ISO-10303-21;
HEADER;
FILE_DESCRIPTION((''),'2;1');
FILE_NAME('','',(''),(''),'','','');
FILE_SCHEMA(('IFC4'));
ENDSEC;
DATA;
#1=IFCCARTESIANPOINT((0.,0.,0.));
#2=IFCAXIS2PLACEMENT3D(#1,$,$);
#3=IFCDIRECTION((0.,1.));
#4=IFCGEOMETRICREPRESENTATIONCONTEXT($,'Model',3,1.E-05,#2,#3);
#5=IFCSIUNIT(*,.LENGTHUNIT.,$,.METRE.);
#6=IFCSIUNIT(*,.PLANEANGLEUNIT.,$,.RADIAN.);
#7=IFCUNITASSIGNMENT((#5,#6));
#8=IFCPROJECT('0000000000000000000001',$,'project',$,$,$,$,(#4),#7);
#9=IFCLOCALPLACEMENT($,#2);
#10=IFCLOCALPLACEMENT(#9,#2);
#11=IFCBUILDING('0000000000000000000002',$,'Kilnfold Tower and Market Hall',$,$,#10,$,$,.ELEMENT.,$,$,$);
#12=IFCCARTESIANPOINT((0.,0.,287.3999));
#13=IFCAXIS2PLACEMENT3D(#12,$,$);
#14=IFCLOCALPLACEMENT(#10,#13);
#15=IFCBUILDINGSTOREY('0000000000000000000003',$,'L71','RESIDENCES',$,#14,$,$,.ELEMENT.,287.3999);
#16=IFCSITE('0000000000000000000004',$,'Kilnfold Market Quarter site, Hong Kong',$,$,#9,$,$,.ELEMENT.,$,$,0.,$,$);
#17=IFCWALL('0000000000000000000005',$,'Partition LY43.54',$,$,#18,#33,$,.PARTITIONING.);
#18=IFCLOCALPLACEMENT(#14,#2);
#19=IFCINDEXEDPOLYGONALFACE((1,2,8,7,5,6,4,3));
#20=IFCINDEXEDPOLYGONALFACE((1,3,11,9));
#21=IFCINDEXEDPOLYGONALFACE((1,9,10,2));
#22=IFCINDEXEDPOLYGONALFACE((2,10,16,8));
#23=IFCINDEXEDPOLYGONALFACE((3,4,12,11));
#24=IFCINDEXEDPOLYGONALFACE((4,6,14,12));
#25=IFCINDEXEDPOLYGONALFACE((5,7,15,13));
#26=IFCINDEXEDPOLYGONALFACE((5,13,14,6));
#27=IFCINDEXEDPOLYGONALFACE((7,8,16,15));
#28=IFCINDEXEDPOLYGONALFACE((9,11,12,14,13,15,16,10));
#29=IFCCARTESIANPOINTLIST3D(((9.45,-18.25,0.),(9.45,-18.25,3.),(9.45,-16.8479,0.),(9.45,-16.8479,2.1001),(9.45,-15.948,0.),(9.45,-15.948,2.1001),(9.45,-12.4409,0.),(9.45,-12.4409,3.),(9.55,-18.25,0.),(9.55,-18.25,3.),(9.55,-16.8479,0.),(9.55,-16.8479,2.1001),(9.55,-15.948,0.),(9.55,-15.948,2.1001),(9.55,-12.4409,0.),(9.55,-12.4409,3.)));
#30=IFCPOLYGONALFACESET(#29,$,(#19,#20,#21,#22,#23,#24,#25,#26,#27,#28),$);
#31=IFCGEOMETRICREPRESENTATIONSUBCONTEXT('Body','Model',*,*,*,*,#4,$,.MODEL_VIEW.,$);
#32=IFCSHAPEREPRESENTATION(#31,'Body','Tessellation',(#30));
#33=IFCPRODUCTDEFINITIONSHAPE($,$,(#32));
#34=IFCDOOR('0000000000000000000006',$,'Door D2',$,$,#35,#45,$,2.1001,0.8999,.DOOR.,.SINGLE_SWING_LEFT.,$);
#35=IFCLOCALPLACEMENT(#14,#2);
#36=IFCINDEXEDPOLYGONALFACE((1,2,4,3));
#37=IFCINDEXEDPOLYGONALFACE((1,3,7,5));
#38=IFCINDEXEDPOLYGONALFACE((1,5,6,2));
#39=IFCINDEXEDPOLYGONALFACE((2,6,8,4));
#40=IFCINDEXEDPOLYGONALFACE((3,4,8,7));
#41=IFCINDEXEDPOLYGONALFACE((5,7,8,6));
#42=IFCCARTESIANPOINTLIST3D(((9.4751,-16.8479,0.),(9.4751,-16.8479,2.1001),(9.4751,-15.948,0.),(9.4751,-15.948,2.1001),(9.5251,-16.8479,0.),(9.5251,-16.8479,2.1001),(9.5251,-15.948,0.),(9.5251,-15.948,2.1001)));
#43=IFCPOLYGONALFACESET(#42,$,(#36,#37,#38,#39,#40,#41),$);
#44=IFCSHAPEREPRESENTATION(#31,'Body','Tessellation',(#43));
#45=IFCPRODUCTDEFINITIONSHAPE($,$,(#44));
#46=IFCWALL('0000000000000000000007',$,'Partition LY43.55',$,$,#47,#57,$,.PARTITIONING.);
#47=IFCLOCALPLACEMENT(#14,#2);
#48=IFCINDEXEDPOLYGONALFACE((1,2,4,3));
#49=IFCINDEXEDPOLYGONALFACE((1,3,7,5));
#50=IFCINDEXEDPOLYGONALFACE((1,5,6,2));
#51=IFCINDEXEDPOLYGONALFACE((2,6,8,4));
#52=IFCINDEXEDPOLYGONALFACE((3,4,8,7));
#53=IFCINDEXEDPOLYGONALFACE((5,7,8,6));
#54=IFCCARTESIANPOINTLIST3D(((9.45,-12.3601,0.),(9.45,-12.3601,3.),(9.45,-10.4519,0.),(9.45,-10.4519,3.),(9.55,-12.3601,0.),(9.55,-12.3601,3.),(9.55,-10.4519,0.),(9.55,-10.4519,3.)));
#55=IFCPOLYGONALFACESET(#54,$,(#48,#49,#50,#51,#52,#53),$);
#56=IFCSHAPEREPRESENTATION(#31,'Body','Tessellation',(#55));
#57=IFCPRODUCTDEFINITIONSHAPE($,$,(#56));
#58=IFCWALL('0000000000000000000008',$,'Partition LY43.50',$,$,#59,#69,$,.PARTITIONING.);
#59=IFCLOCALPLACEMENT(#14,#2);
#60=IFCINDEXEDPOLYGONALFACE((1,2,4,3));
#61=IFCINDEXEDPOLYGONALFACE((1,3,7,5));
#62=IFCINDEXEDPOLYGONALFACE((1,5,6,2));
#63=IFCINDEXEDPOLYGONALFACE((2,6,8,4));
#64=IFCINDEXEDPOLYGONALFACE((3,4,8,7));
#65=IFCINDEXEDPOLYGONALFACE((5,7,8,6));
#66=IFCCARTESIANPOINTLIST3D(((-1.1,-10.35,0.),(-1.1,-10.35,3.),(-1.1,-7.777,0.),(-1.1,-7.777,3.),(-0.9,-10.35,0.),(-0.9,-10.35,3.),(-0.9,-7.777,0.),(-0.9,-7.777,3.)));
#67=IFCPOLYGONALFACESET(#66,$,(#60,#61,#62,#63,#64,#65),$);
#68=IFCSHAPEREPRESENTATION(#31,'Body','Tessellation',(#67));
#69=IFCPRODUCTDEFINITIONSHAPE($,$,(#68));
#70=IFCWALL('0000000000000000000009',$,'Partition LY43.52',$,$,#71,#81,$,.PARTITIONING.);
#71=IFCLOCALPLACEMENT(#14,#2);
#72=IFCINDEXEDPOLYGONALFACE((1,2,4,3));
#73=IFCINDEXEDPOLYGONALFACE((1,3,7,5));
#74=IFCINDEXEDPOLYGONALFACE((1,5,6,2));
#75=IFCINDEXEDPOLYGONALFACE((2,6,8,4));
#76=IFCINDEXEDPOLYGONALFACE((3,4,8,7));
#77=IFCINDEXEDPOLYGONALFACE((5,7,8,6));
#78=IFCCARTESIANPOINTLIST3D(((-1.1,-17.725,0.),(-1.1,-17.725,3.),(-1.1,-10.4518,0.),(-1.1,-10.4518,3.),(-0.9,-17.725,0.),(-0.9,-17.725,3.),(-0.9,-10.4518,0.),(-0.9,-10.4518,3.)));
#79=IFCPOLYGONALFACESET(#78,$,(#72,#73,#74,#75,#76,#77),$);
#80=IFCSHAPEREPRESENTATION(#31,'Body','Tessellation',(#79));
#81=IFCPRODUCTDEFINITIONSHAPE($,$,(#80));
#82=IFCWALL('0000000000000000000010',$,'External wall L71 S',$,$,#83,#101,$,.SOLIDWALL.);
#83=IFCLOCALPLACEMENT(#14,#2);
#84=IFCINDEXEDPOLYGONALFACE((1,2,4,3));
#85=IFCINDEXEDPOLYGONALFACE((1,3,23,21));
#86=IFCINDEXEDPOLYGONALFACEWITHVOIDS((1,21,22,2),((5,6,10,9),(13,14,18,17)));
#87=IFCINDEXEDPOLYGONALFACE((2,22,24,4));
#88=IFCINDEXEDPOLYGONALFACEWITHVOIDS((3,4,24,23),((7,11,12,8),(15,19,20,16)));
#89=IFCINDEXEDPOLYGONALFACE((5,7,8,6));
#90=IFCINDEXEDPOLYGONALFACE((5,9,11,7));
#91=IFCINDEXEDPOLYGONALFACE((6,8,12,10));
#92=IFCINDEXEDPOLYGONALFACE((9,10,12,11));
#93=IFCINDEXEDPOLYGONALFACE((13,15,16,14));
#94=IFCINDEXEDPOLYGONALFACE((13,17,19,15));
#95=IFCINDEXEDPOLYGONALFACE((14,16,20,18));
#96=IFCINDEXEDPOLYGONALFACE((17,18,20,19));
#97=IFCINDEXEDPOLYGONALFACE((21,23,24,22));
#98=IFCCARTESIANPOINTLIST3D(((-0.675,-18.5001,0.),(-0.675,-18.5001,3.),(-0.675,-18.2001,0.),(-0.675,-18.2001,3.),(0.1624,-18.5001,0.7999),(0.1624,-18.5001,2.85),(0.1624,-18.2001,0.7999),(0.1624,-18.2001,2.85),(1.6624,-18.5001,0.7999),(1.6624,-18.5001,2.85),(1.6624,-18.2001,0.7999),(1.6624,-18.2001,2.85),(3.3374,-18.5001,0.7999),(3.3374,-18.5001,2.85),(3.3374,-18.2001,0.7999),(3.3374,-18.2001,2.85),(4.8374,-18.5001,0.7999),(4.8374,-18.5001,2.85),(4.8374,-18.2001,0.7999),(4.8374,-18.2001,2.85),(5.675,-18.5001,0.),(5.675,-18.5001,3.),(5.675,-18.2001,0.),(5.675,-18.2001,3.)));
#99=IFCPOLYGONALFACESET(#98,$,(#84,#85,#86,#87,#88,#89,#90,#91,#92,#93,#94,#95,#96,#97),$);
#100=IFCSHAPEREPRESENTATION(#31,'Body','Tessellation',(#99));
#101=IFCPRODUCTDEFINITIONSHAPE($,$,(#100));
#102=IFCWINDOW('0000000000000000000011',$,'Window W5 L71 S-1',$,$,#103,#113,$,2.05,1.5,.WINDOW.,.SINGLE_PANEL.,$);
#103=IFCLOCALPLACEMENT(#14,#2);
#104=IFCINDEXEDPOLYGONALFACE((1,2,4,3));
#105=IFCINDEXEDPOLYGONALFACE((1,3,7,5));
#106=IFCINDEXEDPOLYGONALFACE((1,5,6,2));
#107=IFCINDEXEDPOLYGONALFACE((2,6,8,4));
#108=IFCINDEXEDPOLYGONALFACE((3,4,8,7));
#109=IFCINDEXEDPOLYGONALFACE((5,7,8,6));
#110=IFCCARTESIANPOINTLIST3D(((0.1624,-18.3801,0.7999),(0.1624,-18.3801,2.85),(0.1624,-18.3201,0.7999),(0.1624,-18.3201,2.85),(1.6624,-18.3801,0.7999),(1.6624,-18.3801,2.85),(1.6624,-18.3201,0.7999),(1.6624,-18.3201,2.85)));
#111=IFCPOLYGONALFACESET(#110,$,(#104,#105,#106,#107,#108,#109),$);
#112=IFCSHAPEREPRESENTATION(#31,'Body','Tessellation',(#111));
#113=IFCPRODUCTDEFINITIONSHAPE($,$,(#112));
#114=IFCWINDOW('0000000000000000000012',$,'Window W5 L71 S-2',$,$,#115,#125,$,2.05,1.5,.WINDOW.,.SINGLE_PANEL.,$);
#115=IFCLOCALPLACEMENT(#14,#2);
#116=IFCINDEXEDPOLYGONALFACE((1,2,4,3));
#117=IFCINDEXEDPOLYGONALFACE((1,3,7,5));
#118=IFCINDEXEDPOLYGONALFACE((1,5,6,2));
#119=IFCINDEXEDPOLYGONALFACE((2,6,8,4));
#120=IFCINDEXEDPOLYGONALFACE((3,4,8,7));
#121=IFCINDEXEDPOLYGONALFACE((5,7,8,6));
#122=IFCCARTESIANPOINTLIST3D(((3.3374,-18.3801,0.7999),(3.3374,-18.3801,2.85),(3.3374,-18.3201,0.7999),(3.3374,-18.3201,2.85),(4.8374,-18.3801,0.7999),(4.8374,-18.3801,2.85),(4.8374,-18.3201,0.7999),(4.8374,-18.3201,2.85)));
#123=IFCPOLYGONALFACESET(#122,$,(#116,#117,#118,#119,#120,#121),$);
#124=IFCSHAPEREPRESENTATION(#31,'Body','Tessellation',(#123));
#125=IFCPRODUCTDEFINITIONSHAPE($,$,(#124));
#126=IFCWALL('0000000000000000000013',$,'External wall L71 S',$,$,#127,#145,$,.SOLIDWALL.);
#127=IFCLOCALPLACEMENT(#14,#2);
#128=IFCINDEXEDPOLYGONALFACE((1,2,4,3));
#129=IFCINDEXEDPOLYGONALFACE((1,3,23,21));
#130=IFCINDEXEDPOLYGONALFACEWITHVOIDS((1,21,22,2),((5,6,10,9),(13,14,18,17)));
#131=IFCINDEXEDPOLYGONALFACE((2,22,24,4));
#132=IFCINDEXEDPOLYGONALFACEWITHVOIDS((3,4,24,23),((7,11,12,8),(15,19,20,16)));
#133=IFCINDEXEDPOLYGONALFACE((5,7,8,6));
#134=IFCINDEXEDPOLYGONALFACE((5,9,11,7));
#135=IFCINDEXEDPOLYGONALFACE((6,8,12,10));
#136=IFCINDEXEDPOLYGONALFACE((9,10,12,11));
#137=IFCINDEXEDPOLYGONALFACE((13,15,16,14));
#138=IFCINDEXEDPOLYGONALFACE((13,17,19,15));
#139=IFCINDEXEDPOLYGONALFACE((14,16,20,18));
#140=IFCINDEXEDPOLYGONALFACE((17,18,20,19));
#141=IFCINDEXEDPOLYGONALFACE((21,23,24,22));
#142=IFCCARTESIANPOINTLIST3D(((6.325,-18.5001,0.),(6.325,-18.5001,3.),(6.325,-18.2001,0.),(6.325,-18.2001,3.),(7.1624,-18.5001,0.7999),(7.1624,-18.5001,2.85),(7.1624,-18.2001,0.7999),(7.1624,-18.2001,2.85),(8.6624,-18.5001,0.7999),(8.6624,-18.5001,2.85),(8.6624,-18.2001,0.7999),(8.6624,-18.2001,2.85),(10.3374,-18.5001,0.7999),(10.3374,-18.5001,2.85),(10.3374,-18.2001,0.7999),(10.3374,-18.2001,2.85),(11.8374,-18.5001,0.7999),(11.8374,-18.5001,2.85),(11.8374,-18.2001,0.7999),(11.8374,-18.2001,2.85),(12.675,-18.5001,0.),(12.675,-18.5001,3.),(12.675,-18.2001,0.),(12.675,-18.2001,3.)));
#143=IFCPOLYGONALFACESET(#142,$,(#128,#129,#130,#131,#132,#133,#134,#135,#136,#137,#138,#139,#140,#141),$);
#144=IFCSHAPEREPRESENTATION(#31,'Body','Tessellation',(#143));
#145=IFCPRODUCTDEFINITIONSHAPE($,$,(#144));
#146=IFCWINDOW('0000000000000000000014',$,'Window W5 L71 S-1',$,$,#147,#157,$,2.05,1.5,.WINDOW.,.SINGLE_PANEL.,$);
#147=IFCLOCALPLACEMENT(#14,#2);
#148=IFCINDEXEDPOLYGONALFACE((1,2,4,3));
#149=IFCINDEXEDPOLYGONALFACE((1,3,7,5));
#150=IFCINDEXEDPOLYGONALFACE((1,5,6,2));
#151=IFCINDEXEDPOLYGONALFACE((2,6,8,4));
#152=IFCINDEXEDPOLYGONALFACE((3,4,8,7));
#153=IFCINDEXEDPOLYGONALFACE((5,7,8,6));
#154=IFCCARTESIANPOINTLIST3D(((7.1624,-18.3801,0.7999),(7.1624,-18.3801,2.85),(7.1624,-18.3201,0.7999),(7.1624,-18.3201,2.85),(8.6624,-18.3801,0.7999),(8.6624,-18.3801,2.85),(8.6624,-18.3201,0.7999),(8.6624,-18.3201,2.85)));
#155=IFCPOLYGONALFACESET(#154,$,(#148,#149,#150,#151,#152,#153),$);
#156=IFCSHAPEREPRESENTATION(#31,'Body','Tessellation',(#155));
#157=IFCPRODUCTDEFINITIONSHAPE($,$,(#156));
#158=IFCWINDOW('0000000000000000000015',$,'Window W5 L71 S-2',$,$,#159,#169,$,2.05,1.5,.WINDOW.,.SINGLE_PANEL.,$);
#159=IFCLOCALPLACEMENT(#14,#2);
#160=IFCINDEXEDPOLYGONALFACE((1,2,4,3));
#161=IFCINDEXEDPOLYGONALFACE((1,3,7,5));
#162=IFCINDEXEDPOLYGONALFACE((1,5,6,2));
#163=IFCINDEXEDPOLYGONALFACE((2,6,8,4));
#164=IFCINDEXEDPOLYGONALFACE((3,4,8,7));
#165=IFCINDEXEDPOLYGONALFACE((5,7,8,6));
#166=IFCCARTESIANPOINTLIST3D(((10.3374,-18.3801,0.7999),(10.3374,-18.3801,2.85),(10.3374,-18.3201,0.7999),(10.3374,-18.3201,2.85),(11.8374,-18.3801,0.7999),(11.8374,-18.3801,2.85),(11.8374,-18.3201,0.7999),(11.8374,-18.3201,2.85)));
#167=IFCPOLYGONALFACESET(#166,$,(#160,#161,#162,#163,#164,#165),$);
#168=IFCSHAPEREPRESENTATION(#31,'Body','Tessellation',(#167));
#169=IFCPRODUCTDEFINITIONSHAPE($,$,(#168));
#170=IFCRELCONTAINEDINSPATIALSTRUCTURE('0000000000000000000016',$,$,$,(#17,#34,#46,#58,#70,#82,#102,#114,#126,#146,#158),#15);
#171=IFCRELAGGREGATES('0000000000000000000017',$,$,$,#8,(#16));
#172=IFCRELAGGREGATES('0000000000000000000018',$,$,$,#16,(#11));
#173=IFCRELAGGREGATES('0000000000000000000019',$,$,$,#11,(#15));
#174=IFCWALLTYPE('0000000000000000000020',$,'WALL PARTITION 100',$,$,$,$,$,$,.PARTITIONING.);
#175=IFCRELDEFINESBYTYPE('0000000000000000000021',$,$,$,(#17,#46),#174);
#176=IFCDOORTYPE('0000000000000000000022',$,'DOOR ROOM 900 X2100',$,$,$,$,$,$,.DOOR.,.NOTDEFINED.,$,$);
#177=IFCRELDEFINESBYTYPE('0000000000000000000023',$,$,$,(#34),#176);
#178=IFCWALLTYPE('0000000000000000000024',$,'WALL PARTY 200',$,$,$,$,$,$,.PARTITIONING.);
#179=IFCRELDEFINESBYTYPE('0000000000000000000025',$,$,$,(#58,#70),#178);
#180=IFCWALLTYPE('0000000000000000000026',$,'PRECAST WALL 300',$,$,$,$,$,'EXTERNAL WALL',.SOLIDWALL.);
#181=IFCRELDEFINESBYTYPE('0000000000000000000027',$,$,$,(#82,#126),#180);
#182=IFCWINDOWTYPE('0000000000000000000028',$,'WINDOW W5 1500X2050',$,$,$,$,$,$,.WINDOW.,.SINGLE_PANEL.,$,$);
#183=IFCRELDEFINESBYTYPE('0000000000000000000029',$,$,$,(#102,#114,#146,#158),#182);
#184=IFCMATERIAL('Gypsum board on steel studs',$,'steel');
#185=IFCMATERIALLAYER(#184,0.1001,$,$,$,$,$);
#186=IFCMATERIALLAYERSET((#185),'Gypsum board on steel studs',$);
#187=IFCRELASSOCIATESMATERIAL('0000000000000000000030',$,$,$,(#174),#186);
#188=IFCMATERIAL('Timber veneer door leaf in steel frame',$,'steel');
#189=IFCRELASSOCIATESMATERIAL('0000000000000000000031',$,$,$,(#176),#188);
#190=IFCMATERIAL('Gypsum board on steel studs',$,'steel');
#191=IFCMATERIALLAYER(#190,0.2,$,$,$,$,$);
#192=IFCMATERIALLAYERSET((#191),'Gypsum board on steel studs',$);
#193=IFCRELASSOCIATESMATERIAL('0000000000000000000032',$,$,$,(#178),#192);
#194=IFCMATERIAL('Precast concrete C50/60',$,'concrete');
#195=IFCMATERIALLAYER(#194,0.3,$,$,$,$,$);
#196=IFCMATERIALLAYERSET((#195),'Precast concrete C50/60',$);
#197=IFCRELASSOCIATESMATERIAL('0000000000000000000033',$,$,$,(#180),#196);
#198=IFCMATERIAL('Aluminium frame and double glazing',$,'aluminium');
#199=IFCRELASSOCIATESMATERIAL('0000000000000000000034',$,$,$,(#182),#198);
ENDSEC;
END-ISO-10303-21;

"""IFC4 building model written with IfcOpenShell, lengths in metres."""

from ifc_helpers import new_model, si_unit, direction, frame, frame_2d, origin, place, context, subcontext, project, spatial, rectangle, extrude, source, transform, mapped, material, layer, layer_set, type_object, element, fill, save


model = new_model("IFC4")

# Units and contexts
model_context = context("Model", 3, precision=1e-05, world=origin(), true_north=direction((0.0, 1.0)))
body_context = subcontext(model_context, "Body", "Model", "MODEL_VIEW")
ifc_project = project(units=[si_unit("LENGTHUNIT", "METRE"), si_unit("PLANEANGLEUNIT", "RADIAN")], contexts=[model_context])

# Site, building, storey
site_placement = place(None, origin())
site = spatial("IfcSite", under=ifc_project, at=site_placement, Name="Kilnfold Market Quarter site, Hong Kong", CompositionType="ELEMENT", RefElevation=0.0)
building_placement = place(site_placement, origin())
building = spatial("IfcBuilding", under=site, at=building_placement, Name="Kilnfold Tower and Market Hall", CompositionType="ELEMENT")
storey_placement = place(building_placement, frame((0.0, 0.0, 287.3999)))
storey = spatial("IfcBuildingStorey", under=building, at=storey_placement, Name="L71", Description="RESIDENCES", CompositionType="ELEMENT", Elevation=287.3999)

# Shared definitions
ifc_material_1 = material(Name="Gypsum board on steel studs", Category="steel")
ifc_layer_1 = layer(ifc_material_1, 0.1001)
ifc_layer_set_1 = layer_set([ifc_layer_1], Name="Gypsum board on steel studs")
wall_type_1 = type_object("IfcWallType", Name="WALL PARTITION 100", PredefinedType="PARTITIONING", material=ifc_layer_set_1)

# Wall, opening, door
wall_1_placement = place(storey_placement, frame((9.5, -18.25, 0.0), z_axis=(0.0, 0.0, 1.0), x_axis=(0.0, 1.0, 0.0)))
wall_1 = element("IfcWall", 1, at=wall_1_placement, inside=storey, type_object=wall_type_1, Name="Partition LY43.54", PredefinedType="PARTITIONING", context=body_context, shape_type="SweptSolid", body=[
    extrude(rectangle(XDim=5.8091, YDim=0.1001, at=frame_2d((2.9045, 0.0))), origin(), (0.0, 0.0, 1.0), 3.0),
])
opening_1_placement = place(wall_1_placement, frame((1.4021, 0.0, 0.0)))
opening_1 = element("IfcOpeningElement", 2, at=opening_1_placement, cuts=wall_1, PredefinedType="OPENING", context=body_context, shape_type="SweptSolid", body=[
    extrude(rectangle(XDim=0.8999, YDim=2.1001, at=frame_2d((0.45, 1.05))), frame((0.0, 0.0601, 0.0), z_axis=(0.0, -1.0, 0.0), x_axis=(1.0, 0.0, 0.0)), (0.0, 0.0, 1.0), 0.1201),
])
ifc_material_2 = material(Name="Timber veneer door leaf in steel frame", Category="steel")
door_type_1 = type_object("IfcDoorType", Name="DOOR ROOM 900 X2100", OperationType="NOTDEFINED", PredefinedType="DOOR", material=ifc_material_2)
door_1_placement = place(opening_1_placement, origin())
door_1 = element("IfcDoor", 3, at=door_1_placement, inside=storey, type_object=door_type_1, Name="Door D2", OperationType="SINGLE_SWING_LEFT", OverallHeight=2.1001, OverallWidth=0.8999, PredefinedType="DOOR", context=body_context, shape_type="SweptSolid", body=[
    extrude(rectangle(XDim=0.8999, YDim=2.1001, at=frame_2d((0.45, 1.05))), frame((0.0, 0.0249, 0.0), z_axis=(0.0, -1.0, 0.0), x_axis=(1.0, 0.0, 0.0)), (0.0, 0.0, 1.0), 0.05),
])
fill(opening_1, door_1)

# Walls
wall_2_placement = place(storey_placement, frame((9.5, -12.3601, 0.0), z_axis=(0.0, 0.0, 1.0), x_axis=(0.0, 1.0, 0.0)))
element("IfcWall", 4, at=wall_2_placement, inside=storey, type_object=wall_type_1, Name="Partition LY43.55", PredefinedType="PARTITIONING", context=body_context, shape_type="SweptSolid", body=[
    extrude(rectangle(XDim=1.9082, YDim=0.1001, at=frame_2d((0.9541, 0.0))), origin(), (0.0, 0.0, 1.0), 3.0),
])
ifc_material_3 = material(Name="Gypsum board on steel studs", Category="steel")
ifc_layer_2 = layer(ifc_material_3, 0.2)
ifc_layer_set_2 = layer_set([ifc_layer_2], Name="Gypsum board on steel studs")
wall_type_2 = type_object("IfcWallType", Name="WALL PARTY 200", PredefinedType="PARTITIONING", material=ifc_layer_set_2)
wall_3_placement = place(storey_placement, frame((-1.0, -10.3501, 0.0), z_axis=(0.0, 0.0, 1.0), x_axis=(0.0, 1.0, 0.0)))
element("IfcWall", 5, at=wall_3_placement, inside=storey, type_object=wall_type_2, Name="Partition LY43.50", PredefinedType="PARTITIONING", context=body_context, shape_type="SweptSolid", body=[
    extrude(rectangle(XDim=2.573, YDim=0.2, at=frame_2d((1.2866, 0.0))), origin(), (0.0, 0.0, 1.0), 3.0),
])
wall_4_placement = place(storey_placement, frame((-1.0, -17.7251, 0.0), z_axis=(0.0, 0.0, 1.0), x_axis=(0.0, 1.0, 0.0)))
element("IfcWall", 6, at=wall_4_placement, inside=storey, type_object=wall_type_2, Name="Partition LY43.52", PredefinedType="PARTITIONING", context=body_context, shape_type="SweptSolid", body=[
    extrude(rectangle(XDim=7.2732, YDim=0.2, at=frame_2d((3.6367, 0.0))), origin(), (0.0, 0.0, 1.0), 3.0),
])

# Walls, openings, windows
ifc_material_4 = material(Name="Precast concrete C50/60", Category="concrete")
ifc_layer_3 = layer(ifc_material_4, 0.3)
ifc_layer_set_3 = layer_set([ifc_layer_3], Name="Precast concrete C50/60")
wall_type_3 = type_object("IfcWallType", Name="PRECAST WALL 300", ElementType="EXTERNAL WALL", PredefinedType="SOLIDWALL", material=ifc_layer_set_3)
shared_shape_1 = source(origin(), body_context, "Body", "SweptSolid", [
    extrude(rectangle(XDim=6.3501, YDim=0.3, at=frame_2d((3.175, 0.0))), origin(), (0.0, 0.0, 1.0), 3.0),
])
wall_5_placement = place(storey_placement, frame((-0.675, -18.3501, 0.0), z_axis=(0.0, 0.0, 1.0), x_axis=(1.0, 0.0, 0.0)))
wall_5 = element("IfcWall", 7, at=wall_5_placement, inside=storey, type_object=wall_type_3, Name="External wall L71 S", PredefinedType="SOLIDWALL", context=body_context, shape_type="MappedRepresentation", body=[
    mapped(shared_shape_1, transform((0.0, 0.0, 0.0))),
])
opening_2_placement = place(wall_5_placement, frame((0.8374, 0.0, 0.8)))
opening_2 = element("IfcOpeningElement", 8, at=opening_2_placement, cuts=wall_5, PredefinedType="OPENING", context=body_context, shape_type="SweptSolid", body=[
    extrude(rectangle(XDim=1.5, YDim=2.05, at=frame_2d((0.75, 1.0249))), frame((0.0, 0.1602, 0.0), z_axis=(0.0, -1.0, 0.0), x_axis=(1.0, 0.0, 0.0)), (0.0, 0.0, 1.0), 0.3201),
])
opening_3_placement = place(wall_5_placement, frame((4.0125, 0.0, 0.8)))
opening_3 = element("IfcOpeningElement", 9, at=opening_3_placement, cuts=wall_5, PredefinedType="OPENING", context=body_context, shape_type="SweptSolid", body=[
    extrude(rectangle(XDim=1.5, YDim=2.05, at=frame_2d((0.75, 1.0249))), frame((0.0, 0.1602, 0.0), z_axis=(0.0, -1.0, 0.0), x_axis=(1.0, 0.0, 0.0)), (0.0, 0.0, 1.0), 0.3201),
])
ifc_material_5 = material(Name="Aluminium frame and double glazing", Category="aluminium")
window_type = type_object("IfcWindowType", Name="WINDOW W5 1500X2050", PartitioningType="SINGLE_PANEL", PredefinedType="WINDOW", material=ifc_material_5)
window_1_placement = place(opening_2_placement, origin())
window_1 = element("IfcWindow", 10, at=window_1_placement, inside=storey, type_object=window_type, Name="Window W5 L71 S-1", OverallHeight=2.05, OverallWidth=1.5, PartitioningType="SINGLE_PANEL", PredefinedType="WINDOW", context=body_context, shape_type="SweptSolid", body=[
    extrude(rectangle(XDim=1.5, YDim=2.05, at=frame_2d((0.75, 1.0249))), frame((0.0, 0.03, 0.0), z_axis=(0.0, -1.0, 0.0), x_axis=(1.0, 0.0, 0.0)), (0.0, 0.0, 1.0), 0.0601),
])
fill(opening_2, window_1)
window_2_placement = place(opening_3_placement, origin())
window_2 = element("IfcWindow", 11, at=window_2_placement, inside=storey, type_object=window_type, Name="Window W5 L71 S-2", OverallHeight=2.05, OverallWidth=1.5, PartitioningType="SINGLE_PANEL", PredefinedType="WINDOW", context=body_context, shape_type="SweptSolid", body=[
    extrude(rectangle(XDim=1.5, YDim=2.05, at=frame_2d((0.75, 1.0249))), frame((0.0, 0.03, 0.0), z_axis=(0.0, -1.0, 0.0), x_axis=(1.0, 0.0, 0.0)), (0.0, 0.0, 1.0), 0.0601),
])
fill(opening_3, window_2)
wall_6_placement = place(storey_placement, frame((6.325, -18.3501, 0.0), z_axis=(0.0, 0.0, 1.0), x_axis=(1.0, 0.0, 0.0)))
wall_6 = element("IfcWall", 12, at=wall_6_placement, inside=storey, type_object=wall_type_3, Name="External wall L71 S", PredefinedType="SOLIDWALL", context=body_context, shape_type="MappedRepresentation", body=[
    mapped(shared_shape_1, transform((0.0, 0.0, 0.0))),
])
opening_4_placement = place(wall_6_placement, frame((0.8374, 0.0, 0.8)))
opening_4 = element("IfcOpeningElement", 13, at=opening_4_placement, cuts=wall_6, PredefinedType="OPENING", context=body_context, shape_type="SweptSolid", body=[
    extrude(rectangle(XDim=1.5, YDim=2.05, at=frame_2d((0.75, 1.0249))), frame((0.0, 0.1602, 0.0), z_axis=(0.0, -1.0, 0.0), x_axis=(1.0, 0.0, 0.0)), (0.0, 0.0, 1.0), 0.3201),
])
opening_5_placement = place(wall_6_placement, frame((4.0125, 0.0, 0.8)))
opening_5 = element("IfcOpeningElement", 14, at=opening_5_placement, cuts=wall_6, PredefinedType="OPENING", context=body_context, shape_type="SweptSolid", body=[
    extrude(rectangle(XDim=1.5, YDim=2.05, at=frame_2d((0.75, 1.0249))), frame((0.0, 0.1602, 0.0), z_axis=(0.0, -1.0, 0.0), x_axis=(1.0, 0.0, 0.0)), (0.0, 0.0, 1.0), 0.3201),
])
window_3_placement = place(opening_4_placement, origin())
window_3 = element("IfcWindow", 15, at=window_3_placement, inside=storey, type_object=window_type, Name="Window W5 L71 S-1", OverallHeight=2.05, OverallWidth=1.5, PartitioningType="SINGLE_PANEL", PredefinedType="WINDOW", context=body_context, shape_type="SweptSolid", body=[
    extrude(rectangle(XDim=1.5, YDim=2.05, at=frame_2d((0.75, 1.0249))), frame((0.0, 0.03, 0.0), z_axis=(0.0, -1.0, 0.0), x_axis=(1.0, 0.0, 0.0)), (0.0, 0.0, 1.0), 0.0601),
])
fill(opening_4, window_3)
window_4_placement = place(opening_5_placement, origin())
window_4 = element("IfcWindow", 16, at=window_4_placement, inside=storey, type_object=window_type, Name="Window W5 L71 S-2", OverallHeight=2.05, OverallWidth=1.5, PartitioningType="SINGLE_PANEL", PredefinedType="WINDOW", context=body_context, shape_type="SweptSolid", body=[
    extrude(rectangle(XDim=1.5, YDim=2.05, at=frame_2d((0.75, 1.0249))), frame((0.0, 0.03, 0.0), z_axis=(0.0, -1.0, 0.0), x_axis=(1.0, 0.0, 0.0)), (0.0, 0.0, 1.0), 0.0601),
])
fill(opening_5, window_4)

save(model, "model.ifc")
